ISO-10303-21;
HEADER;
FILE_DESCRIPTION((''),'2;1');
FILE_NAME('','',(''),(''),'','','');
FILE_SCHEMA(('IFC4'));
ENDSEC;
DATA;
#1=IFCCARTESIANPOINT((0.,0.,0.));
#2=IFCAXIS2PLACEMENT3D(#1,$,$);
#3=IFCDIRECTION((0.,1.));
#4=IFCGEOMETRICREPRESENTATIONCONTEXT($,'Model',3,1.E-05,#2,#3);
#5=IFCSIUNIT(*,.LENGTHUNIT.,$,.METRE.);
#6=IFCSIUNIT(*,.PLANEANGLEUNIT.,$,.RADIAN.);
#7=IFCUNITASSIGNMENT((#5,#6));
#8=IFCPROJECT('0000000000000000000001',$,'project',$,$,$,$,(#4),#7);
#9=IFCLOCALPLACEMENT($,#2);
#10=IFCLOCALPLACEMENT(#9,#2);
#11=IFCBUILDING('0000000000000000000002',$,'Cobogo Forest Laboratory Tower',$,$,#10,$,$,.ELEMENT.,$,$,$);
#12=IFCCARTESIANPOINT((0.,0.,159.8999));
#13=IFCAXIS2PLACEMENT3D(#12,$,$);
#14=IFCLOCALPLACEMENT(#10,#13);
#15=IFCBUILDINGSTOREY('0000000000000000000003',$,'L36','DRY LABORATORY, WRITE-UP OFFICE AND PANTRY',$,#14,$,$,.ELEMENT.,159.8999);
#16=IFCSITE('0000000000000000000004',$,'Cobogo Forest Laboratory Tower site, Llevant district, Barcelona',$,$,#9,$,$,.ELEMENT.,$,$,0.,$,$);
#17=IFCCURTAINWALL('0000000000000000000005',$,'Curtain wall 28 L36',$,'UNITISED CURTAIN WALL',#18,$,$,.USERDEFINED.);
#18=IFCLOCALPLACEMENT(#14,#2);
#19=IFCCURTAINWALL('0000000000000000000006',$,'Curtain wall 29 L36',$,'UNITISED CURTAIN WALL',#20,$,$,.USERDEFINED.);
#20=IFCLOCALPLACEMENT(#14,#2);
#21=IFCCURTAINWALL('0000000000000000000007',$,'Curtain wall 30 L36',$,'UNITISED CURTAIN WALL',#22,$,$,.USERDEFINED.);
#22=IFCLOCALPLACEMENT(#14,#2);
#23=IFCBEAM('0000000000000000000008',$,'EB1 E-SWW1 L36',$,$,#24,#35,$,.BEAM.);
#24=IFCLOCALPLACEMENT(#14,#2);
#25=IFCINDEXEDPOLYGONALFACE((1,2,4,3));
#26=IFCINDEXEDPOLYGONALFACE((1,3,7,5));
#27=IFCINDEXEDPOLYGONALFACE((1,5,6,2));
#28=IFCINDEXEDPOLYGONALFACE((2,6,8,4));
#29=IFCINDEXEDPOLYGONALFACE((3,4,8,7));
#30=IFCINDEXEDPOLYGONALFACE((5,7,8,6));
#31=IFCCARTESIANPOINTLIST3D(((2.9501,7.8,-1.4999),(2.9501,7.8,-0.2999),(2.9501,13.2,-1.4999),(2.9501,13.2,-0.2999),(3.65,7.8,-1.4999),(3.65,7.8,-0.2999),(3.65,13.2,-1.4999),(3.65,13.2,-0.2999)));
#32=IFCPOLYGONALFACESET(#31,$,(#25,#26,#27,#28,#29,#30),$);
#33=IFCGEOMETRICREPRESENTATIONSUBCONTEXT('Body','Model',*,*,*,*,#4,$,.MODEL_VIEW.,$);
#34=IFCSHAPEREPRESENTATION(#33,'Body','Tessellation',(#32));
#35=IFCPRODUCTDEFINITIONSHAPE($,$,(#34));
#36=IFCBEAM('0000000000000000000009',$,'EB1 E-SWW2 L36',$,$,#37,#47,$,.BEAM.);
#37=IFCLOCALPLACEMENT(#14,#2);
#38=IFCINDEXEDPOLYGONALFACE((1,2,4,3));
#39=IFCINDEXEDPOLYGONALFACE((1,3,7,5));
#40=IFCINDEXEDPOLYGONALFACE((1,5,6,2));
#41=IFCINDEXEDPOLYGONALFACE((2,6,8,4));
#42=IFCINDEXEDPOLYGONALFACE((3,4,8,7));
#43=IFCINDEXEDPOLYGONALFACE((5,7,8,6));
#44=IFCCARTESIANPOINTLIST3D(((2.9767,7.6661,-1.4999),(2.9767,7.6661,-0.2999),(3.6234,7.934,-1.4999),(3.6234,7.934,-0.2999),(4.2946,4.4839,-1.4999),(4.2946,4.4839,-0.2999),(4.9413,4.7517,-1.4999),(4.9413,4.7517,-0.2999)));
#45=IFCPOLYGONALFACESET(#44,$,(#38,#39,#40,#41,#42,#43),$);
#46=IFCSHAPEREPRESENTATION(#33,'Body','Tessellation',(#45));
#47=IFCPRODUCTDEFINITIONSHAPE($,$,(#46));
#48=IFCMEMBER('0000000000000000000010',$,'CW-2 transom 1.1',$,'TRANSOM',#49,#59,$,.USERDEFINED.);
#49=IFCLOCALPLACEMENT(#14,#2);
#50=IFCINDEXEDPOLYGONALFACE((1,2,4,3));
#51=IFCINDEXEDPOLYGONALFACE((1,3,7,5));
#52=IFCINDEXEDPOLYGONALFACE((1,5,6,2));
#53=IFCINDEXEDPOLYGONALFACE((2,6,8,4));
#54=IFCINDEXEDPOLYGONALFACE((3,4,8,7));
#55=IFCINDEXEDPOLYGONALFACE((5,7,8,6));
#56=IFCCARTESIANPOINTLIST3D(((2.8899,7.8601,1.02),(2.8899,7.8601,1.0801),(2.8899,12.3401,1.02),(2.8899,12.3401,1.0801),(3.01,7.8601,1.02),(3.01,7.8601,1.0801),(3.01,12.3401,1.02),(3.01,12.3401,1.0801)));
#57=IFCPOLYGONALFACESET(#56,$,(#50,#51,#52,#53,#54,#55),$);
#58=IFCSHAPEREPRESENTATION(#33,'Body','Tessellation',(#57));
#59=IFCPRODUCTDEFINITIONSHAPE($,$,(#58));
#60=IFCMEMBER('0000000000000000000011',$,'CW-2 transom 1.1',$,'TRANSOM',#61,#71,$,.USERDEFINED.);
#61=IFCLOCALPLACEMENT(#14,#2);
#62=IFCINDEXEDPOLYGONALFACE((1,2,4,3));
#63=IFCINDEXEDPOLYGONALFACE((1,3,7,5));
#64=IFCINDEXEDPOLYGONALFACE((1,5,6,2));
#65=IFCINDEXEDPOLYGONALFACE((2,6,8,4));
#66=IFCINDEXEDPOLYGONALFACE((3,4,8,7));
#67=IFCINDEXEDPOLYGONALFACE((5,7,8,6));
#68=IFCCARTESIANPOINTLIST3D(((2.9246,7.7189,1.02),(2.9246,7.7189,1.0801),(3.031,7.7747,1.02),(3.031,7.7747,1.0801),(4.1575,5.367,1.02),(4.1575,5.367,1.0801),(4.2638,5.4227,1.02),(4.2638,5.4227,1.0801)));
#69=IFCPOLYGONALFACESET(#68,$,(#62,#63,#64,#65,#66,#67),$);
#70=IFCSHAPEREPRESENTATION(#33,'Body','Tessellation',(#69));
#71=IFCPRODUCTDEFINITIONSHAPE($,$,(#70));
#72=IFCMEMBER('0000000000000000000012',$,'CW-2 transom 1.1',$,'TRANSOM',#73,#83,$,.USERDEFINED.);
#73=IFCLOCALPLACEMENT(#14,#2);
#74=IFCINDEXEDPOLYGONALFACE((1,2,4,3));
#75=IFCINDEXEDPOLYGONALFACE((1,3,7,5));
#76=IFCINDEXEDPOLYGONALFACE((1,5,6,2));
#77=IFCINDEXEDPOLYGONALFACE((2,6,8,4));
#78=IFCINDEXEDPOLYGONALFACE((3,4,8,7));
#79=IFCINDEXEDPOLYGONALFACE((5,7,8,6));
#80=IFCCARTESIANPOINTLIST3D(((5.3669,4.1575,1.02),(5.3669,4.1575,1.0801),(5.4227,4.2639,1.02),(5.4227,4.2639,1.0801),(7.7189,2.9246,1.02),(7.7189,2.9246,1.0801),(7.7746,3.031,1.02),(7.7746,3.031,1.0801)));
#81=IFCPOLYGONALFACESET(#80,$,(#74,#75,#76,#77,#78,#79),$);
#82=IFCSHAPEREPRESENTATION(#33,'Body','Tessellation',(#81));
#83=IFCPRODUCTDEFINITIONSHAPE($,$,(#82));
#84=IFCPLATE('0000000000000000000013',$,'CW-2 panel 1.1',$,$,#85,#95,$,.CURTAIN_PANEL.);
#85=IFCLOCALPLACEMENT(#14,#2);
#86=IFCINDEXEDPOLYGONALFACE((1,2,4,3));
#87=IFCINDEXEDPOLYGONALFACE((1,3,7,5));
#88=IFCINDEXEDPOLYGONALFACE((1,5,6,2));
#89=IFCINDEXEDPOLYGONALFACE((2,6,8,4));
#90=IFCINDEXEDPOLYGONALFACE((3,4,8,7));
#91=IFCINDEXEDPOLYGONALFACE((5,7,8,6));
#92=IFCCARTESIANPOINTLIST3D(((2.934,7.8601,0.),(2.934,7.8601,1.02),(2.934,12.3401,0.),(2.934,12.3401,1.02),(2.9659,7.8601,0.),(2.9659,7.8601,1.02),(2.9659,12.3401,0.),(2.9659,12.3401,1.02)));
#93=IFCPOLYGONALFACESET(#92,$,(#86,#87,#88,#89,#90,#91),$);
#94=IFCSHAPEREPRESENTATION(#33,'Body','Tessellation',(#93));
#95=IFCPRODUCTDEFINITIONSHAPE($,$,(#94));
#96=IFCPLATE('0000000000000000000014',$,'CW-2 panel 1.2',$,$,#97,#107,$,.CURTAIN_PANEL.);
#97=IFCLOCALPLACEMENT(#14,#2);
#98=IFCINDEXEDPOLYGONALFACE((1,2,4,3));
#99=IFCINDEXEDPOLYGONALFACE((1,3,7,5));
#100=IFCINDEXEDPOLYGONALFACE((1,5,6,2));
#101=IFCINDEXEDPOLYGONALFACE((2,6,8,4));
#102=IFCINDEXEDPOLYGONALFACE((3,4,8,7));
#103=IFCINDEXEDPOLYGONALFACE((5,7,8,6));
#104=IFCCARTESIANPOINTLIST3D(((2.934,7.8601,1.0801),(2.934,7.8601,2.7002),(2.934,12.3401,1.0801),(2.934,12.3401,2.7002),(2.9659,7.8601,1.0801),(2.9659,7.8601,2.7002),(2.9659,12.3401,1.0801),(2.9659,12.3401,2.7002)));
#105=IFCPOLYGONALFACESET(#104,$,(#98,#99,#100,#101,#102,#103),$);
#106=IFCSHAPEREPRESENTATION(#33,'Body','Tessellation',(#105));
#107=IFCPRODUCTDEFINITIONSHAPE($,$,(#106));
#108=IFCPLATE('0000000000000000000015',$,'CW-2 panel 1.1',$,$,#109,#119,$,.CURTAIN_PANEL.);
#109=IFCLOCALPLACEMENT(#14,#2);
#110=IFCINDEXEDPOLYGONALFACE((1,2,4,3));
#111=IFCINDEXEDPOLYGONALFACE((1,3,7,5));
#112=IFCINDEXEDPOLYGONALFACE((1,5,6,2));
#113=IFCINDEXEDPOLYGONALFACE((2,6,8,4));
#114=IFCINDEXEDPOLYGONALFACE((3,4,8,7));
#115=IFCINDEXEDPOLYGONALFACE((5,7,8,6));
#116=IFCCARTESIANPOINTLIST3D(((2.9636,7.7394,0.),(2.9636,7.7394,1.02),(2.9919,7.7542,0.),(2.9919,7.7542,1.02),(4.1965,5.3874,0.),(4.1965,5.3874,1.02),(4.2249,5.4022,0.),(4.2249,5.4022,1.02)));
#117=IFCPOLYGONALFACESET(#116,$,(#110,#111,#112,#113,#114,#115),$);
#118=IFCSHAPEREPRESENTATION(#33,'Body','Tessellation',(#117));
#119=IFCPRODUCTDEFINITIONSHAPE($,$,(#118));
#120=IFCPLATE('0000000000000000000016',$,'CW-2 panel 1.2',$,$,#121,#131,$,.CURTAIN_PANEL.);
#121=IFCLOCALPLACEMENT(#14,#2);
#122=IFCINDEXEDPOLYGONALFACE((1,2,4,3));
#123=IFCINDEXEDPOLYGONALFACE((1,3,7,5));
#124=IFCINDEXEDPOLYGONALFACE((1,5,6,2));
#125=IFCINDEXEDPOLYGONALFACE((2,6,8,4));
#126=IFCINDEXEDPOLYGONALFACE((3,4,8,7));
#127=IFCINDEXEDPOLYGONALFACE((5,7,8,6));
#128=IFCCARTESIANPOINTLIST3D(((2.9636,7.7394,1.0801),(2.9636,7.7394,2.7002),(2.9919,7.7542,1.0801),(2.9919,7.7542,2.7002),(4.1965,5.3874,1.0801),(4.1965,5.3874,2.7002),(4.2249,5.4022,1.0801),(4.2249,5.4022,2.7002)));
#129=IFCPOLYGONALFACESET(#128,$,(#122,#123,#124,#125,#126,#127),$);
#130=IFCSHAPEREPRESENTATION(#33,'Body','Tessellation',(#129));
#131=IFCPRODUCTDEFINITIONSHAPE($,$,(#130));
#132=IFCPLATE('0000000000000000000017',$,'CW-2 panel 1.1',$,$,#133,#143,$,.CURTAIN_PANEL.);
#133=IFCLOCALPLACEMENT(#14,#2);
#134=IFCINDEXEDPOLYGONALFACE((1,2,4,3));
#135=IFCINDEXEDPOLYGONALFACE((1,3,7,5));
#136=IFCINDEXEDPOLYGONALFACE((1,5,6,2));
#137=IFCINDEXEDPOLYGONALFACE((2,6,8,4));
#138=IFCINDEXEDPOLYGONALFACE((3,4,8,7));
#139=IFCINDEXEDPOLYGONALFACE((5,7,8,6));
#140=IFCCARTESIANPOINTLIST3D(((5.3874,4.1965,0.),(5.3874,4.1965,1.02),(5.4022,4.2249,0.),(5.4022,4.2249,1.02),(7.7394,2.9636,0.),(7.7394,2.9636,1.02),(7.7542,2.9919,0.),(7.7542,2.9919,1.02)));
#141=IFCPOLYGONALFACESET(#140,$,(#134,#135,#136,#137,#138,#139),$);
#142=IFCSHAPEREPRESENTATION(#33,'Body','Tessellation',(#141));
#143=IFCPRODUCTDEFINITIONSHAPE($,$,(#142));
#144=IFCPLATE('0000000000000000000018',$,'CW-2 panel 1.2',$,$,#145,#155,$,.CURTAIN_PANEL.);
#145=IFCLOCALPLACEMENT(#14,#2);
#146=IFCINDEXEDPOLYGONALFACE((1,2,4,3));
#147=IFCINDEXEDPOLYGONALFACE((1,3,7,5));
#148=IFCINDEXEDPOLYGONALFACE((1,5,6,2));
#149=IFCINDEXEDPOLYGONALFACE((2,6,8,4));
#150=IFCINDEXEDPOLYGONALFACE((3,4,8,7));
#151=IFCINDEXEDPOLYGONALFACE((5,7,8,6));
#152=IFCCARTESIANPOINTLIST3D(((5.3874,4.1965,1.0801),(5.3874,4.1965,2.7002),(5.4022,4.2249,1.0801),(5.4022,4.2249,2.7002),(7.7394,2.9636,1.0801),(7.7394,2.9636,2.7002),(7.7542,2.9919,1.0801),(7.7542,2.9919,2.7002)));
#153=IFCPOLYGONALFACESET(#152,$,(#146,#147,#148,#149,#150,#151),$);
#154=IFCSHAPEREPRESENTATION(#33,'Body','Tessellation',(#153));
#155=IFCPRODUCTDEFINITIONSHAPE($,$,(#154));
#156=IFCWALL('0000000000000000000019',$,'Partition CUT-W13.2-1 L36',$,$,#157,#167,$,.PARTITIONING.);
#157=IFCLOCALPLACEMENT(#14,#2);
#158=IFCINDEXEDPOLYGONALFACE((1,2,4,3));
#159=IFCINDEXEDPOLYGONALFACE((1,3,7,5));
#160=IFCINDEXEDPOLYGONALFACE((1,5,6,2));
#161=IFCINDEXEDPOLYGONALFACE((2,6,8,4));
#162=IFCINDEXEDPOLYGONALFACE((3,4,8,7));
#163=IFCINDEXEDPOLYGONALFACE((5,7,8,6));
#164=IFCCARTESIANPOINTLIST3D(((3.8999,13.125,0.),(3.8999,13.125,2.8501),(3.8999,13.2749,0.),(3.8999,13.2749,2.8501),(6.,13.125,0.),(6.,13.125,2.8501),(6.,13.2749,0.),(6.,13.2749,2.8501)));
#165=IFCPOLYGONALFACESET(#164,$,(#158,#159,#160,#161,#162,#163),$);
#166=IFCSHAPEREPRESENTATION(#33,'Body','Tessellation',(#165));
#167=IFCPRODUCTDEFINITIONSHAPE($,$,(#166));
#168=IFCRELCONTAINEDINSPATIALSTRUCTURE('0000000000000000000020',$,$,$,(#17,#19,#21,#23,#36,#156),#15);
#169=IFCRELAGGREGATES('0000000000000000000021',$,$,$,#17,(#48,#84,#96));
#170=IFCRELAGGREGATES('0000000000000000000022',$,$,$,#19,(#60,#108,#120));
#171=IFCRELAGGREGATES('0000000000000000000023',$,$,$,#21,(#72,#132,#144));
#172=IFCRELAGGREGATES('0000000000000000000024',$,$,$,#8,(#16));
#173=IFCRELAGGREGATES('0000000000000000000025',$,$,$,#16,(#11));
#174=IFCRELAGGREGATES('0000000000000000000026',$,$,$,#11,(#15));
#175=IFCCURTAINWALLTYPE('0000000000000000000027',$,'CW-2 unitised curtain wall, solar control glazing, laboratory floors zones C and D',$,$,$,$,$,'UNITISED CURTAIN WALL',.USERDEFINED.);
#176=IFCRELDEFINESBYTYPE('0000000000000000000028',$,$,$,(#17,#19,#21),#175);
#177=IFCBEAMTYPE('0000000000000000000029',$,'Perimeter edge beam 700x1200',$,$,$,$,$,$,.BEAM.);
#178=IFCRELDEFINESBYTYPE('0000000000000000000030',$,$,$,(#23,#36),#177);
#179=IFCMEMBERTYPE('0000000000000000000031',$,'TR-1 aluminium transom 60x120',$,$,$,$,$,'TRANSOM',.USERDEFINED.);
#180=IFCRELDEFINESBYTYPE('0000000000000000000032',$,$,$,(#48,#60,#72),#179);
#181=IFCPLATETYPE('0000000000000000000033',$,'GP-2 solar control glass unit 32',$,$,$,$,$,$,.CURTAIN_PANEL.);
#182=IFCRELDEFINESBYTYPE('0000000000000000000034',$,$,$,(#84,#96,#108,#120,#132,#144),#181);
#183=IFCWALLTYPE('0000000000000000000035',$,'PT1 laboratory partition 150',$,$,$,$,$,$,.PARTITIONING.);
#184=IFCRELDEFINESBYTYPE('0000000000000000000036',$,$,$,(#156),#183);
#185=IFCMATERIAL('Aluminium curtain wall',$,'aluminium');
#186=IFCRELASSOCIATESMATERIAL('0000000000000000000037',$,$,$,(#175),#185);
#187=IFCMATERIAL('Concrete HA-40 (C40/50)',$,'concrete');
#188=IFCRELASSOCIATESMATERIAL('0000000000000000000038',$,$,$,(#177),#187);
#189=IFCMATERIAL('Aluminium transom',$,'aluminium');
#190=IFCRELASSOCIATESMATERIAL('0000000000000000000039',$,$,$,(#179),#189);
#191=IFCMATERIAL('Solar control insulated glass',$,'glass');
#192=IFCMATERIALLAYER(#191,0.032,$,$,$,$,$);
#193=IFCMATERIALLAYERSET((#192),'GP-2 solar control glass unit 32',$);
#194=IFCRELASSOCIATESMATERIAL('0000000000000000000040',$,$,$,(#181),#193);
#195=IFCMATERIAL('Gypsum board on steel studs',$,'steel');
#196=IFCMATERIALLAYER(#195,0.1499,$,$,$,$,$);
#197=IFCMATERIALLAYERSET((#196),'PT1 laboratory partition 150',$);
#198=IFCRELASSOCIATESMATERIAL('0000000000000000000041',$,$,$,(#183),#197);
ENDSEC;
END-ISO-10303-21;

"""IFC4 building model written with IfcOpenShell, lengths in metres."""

from ifc_helpers import new_model, si_unit, direction, frame, frame_2d, origin, origin_2d, place, context, subcontext, project, spatial, rectangle, extrude, material, layer, layer_set, material_profile, profile_set, type_object, element, aggregate, save


model = new_model("IFC4")

# Units and contexts
model_context = context("Model", 3, precision=1e-05, world=origin(), true_north=direction((0.0, 1.0)))
body_context = subcontext(model_context, "Body", "Model", "MODEL_VIEW")
ifc_project = project(units=[si_unit("LENGTHUNIT", "METRE"), si_unit("PLANEANGLEUNIT", "RADIAN")], contexts=[model_context])

# Site, building, storey
site_placement = place(None, origin())
site = spatial("IfcSite", under=ifc_project, at=site_placement, Name="Cobogo Forest Laboratory Tower site, Llevant district, Barcelona", CompositionType="ELEMENT", RefElevation=0.0)
building_placement = place(site_placement, origin())
building = spatial("IfcBuilding", under=site, at=building_placement, Name="Cobogo Forest Laboratory Tower", CompositionType="ELEMENT")
storey_placement = place(building_placement, frame((0.0, 0.0, 159.8999)))
storey = spatial("IfcBuildingStorey", under=building, at=storey_placement, Name="L36", Description="DRY LABORATORY, WRITE-UP OFFICE AND PANTRY", CompositionType="ELEMENT", Elevation=159.8999)

# Shared definitions
ifc_material_1 = material(Name="Concrete HA-40 (C40/50)", Category="concrete")

# Curtain wall
ifc_material_2 = material(Name="Aluminium curtain wall", Category="aluminium")
curtain_wall_type = type_object("IfcCurtainWallType", Name="CW-2 unitised curtain wall, solar control glazing, laboratory floors zones C and D", ElementType="UNITISED CURTAIN WALL", PredefinedType="USERDEFINED", material=ifc_material_2)
curtain_wall_1_placement = place(storey_placement, origin())
curtain_wall_1 = element("IfcCurtainWall", 1, at=curtain_wall_1_placement, inside=storey, type_object=curtain_wall_type, Name="Curtain wall 28 L36", ObjectType="UNITISED CURTAIN WALL", PredefinedType="USERDEFINED")

# Curtain walls
curtain_wall_2_placement = place(storey_placement, origin())
curtain_wall_2 = element("IfcCurtainWall", 2, at=curtain_wall_2_placement, inside=storey, type_object=curtain_wall_type, Name="Curtain wall 29 L36", ObjectType="UNITISED CURTAIN WALL", PredefinedType="USERDEFINED")
curtain_wall_3_placement = place(storey_placement, origin())
curtain_wall_3 = element("IfcCurtainWall", 3, at=curtain_wall_3_placement, inside=storey, type_object=curtain_wall_type, Name="Curtain wall 30 L36", ObjectType="UNITISED CURTAIN WALL", PredefinedType="USERDEFINED")

# Beams
ifc_material_profile_1 = material_profile(ifc_material_1, rectangle(XDim=0.7, YDim=1.2, at=origin_2d()), Name="RC 700x1200")
ifc_profile_set_1 = profile_set([ifc_material_profile_1], Name="Concrete HA-40 (C40/50)")
beam_type_1 = type_object("IfcBeamType", Name="Perimeter edge beam 700x1200", PredefinedType="BEAM", material=ifc_profile_set_1)
beam_1_placement = place(storey_placement, frame((3.3, 13.2, -0.8999), z_axis=(0.0, -1.0, 0.0), x_axis=(1.0, 0.0, 0.0)))
element("IfcBeam", 4, at=beam_1_placement, inside=storey, type_object=beam_type_1, Name="EB1 E-SWW1 L36", PredefinedType="BEAM", context=body_context, shape_type="SweptSolid", body=[
    extrude(rectangle(XDim=0.7, YDim=1.2, at=origin_2d()), origin(), (0.0, 0.0, 1.0), 5.3999),
])
beam_2_placement = place(storey_placement, frame((3.3, 7.8, -0.8999), z_axis=(0.382631, -0.923901, 0.0), x_axis=(0.923901, 0.382631, 0.0)))
element("IfcBeam", 5, at=beam_2_placement, inside=storey, type_object=beam_type_1, Name="EB1 E-SWW2 L36", PredefinedType="BEAM", context=body_context, shape_type="SweptSolid", body=[
    extrude(rectangle(XDim=0.7, YDim=1.2, at=origin_2d()), origin(), (0.0, 0.0, 1.0), 3.4443),
])

# Members
ifc_material_3 = material(Name="Aluminium transom", Category="aluminium")
ifc_material_profile_2 = material_profile(ifc_material_3, rectangle(XDim=0.1201, YDim=0.0601, at=origin_2d()), Name="AL 60x120")
ifc_profile_set_2 = profile_set([ifc_material_profile_2], Name="Aluminium transom")
member_type_1 = type_object("IfcMemberType", Name="TR-1 aluminium transom 60x120", ElementType="TRANSOM", PredefinedType="USERDEFINED", material=ifc_profile_set_2)
member_1_placement = place(storey_placement, frame((2.95, 12.3401, 1.05), z_axis=(0.0, -1.0, 0.0), x_axis=(1.0, 0.0, 0.0)))
member_1 = element("IfcMember", 6, at=member_1_placement, type_object=member_type_1, Name="CW-2 transom 1.1", ObjectType="TRANSOM", PredefinedType="USERDEFINED", context=body_context, shape_type="SweptSolid", body=[
    extrude(rectangle(XDim=0.1201, YDim=0.0601, at=origin_2d()), origin(), (0.0, 0.0, 1.0), 4.48),
])
member_2_placement = place(storey_placement, frame((2.9778, 7.7468, 1.05), z_axis=(0.464268, -0.885695, 0.0), x_axis=(0.885695, 0.464268, 0.0)))
member_2 = element("IfcMember", 7, at=member_2_placement, type_object=member_type_1, Name="CW-2 transom 1.1", ObjectType="TRANSOM", PredefinedType="USERDEFINED", context=body_context, shape_type="SweptSolid", body=[
    extrude(rectangle(XDim=0.1201, YDim=0.0601, at=origin_2d()), origin(), (0.0, 0.0, 1.0), 2.6555),
])
member_3_placement = place(storey_placement, frame((5.3948, 4.2107, 1.05), z_axis=(0.885695, -0.464268, 0.0), x_axis=(0.464268, 0.885695, 0.0)))
member_3 = element("IfcMember", 8, at=member_3_placement, type_object=member_type_1, Name="CW-2 transom 1.1", ObjectType="TRANSOM", PredefinedType="USERDEFINED", context=body_context, shape_type="SweptSolid", body=[
    extrude(rectangle(XDim=0.1201, YDim=0.0601, at=origin_2d()), origin(), (0.0, 0.0, 1.0), 2.6555),
])

# Plates
ifc_material_4 = material(Name="Solar control insulated glass", Category="glass")
ifc_layer_1 = layer(ifc_material_4, 0.032)
ifc_layer_set_1 = layer_set([ifc_layer_1], Name="GP-2 solar control glass unit 32")
plate_type = type_object("IfcPlateType", Name="GP-2 solar control glass unit 32", PredefinedType="CURTAIN_PANEL", material=ifc_layer_set_1)
plate_1_placement = place(storey_placement, frame((2.95, 10.1001, 0.0), z_axis=(0.0, 0.0, 1.0), x_axis=(0.0, -1.0, 0.0)))
plate_1 = element("IfcPlate", 9, at=plate_1_placement, type_object=plate_type, Name="CW-2 panel 1.1", PredefinedType="CURTAIN_PANEL", context=body_context, shape_type="SweptSolid", body=[
    extrude(rectangle(XDim=4.48, YDim=0.032, at=origin_2d()), origin(), (0.0, 0.0, 1.0), 1.02),
])
plate_2_placement = place(storey_placement, frame((2.95, 10.1001, 1.0801), z_axis=(0.0, 0.0, 1.0), x_axis=(0.0, -1.0, 0.0)))
plate_2 = element("IfcPlate", 10, at=plate_2_placement, type_object=plate_type, Name="CW-2 panel 1.2", PredefinedType="CURTAIN_PANEL", context=body_context, shape_type="SweptSolid", body=[
    extrude(rectangle(XDim=4.48, YDim=0.032, at=origin_2d()), origin(), (0.0, 0.0, 1.0), 1.6201),
])
aggregate(curtain_wall_1, [member_1, plate_1, plate_2])
plate_3_placement = place(storey_placement, frame((3.5942, 6.5708, 0.0), z_axis=(0.0, 0.0, 1.0), x_axis=(0.464284, -0.885687, 0.0)))
plate_3 = element("IfcPlate", 11, at=plate_3_placement, type_object=plate_type, Name="CW-2 panel 1.1", PredefinedType="CURTAIN_PANEL", context=body_context, shape_type="SweptSolid", body=[
    extrude(rectangle(XDim=2.6555, YDim=0.032, at=origin_2d()), origin(), (0.0, 0.0, 1.0), 1.02),
])
plate_4_placement = place(storey_placement, frame((3.5942, 6.5708, 1.0801), z_axis=(0.0, 0.0, 1.0), x_axis=(0.464284, -0.885687, 0.0)))
plate_4 = element("IfcPlate", 12, at=plate_4_placement, type_object=plate_type, Name="CW-2 panel 1.2", PredefinedType="CURTAIN_PANEL", context=body_context, shape_type="SweptSolid", body=[
    extrude(rectangle(XDim=2.6555, YDim=0.032, at=origin_2d()), origin(), (0.0, 0.0, 1.0), 1.6201),
])
aggregate(curtain_wall_2, [member_2, plate_3, plate_4])
plate_5_placement = place(storey_placement, frame((6.5708, 3.5942, 0.0), z_axis=(0.0, 0.0, 1.0), x_axis=(0.885687, -0.464284, 0.0)))
plate_5 = element("IfcPlate", 13, at=plate_5_placement, type_object=plate_type, Name="CW-2 panel 1.1", PredefinedType="CURTAIN_PANEL", context=body_context, shape_type="SweptSolid", body=[
    extrude(rectangle(XDim=2.6555, YDim=0.032, at=origin_2d()), origin(), (0.0, 0.0, 1.0), 1.02),
])
plate_6_placement = place(storey_placement, frame((6.5708, 3.5942, 1.0801), z_axis=(0.0, 0.0, 1.0), x_axis=(0.885687, -0.464284, 0.0)))
plate_6 = element("IfcPlate", 14, at=plate_6_placement, type_object=plate_type, Name="CW-2 panel 1.2", PredefinedType="CURTAIN_PANEL", context=body_context, shape_type="SweptSolid", body=[
    extrude(rectangle(XDim=2.6555, YDim=0.032, at=origin_2d()), origin(), (0.0, 0.0, 1.0), 1.6201),
])
aggregate(curtain_wall_3, [member_3, plate_5, plate_6])

# Wall
ifc_material_5 = material(Name="Gypsum board on steel studs", Category="steel")
ifc_layer_2 = layer(ifc_material_5, 0.1499)
ifc_layer_set_2 = layer_set([ifc_layer_2], Name="PT1 laboratory partition 150")
wall_type = type_object("IfcWallType", Name="PT1 laboratory partition 150", PredefinedType="PARTITIONING", material=ifc_layer_set_2)
wall_placement = place(storey_placement, frame((3.8999, 13.2, 0.0), z_axis=(0.0, 0.0, 1.0), x_axis=(1.0, 0.0, 0.0)))
element("IfcWall", 15, at=wall_placement, inside=storey, type_object=wall_type, Name="Partition CUT-W13.2-1 L36", PredefinedType="PARTITIONING", context=body_context, shape_type="SweptSolid", body=[
    extrude(rectangle(XDim=2.1001, YDim=0.1499, at=frame_2d((1.05, 0.0))), origin(), (0.0, 0.0, 1.0), 2.8501),
])

save(model, "model.ifc")
